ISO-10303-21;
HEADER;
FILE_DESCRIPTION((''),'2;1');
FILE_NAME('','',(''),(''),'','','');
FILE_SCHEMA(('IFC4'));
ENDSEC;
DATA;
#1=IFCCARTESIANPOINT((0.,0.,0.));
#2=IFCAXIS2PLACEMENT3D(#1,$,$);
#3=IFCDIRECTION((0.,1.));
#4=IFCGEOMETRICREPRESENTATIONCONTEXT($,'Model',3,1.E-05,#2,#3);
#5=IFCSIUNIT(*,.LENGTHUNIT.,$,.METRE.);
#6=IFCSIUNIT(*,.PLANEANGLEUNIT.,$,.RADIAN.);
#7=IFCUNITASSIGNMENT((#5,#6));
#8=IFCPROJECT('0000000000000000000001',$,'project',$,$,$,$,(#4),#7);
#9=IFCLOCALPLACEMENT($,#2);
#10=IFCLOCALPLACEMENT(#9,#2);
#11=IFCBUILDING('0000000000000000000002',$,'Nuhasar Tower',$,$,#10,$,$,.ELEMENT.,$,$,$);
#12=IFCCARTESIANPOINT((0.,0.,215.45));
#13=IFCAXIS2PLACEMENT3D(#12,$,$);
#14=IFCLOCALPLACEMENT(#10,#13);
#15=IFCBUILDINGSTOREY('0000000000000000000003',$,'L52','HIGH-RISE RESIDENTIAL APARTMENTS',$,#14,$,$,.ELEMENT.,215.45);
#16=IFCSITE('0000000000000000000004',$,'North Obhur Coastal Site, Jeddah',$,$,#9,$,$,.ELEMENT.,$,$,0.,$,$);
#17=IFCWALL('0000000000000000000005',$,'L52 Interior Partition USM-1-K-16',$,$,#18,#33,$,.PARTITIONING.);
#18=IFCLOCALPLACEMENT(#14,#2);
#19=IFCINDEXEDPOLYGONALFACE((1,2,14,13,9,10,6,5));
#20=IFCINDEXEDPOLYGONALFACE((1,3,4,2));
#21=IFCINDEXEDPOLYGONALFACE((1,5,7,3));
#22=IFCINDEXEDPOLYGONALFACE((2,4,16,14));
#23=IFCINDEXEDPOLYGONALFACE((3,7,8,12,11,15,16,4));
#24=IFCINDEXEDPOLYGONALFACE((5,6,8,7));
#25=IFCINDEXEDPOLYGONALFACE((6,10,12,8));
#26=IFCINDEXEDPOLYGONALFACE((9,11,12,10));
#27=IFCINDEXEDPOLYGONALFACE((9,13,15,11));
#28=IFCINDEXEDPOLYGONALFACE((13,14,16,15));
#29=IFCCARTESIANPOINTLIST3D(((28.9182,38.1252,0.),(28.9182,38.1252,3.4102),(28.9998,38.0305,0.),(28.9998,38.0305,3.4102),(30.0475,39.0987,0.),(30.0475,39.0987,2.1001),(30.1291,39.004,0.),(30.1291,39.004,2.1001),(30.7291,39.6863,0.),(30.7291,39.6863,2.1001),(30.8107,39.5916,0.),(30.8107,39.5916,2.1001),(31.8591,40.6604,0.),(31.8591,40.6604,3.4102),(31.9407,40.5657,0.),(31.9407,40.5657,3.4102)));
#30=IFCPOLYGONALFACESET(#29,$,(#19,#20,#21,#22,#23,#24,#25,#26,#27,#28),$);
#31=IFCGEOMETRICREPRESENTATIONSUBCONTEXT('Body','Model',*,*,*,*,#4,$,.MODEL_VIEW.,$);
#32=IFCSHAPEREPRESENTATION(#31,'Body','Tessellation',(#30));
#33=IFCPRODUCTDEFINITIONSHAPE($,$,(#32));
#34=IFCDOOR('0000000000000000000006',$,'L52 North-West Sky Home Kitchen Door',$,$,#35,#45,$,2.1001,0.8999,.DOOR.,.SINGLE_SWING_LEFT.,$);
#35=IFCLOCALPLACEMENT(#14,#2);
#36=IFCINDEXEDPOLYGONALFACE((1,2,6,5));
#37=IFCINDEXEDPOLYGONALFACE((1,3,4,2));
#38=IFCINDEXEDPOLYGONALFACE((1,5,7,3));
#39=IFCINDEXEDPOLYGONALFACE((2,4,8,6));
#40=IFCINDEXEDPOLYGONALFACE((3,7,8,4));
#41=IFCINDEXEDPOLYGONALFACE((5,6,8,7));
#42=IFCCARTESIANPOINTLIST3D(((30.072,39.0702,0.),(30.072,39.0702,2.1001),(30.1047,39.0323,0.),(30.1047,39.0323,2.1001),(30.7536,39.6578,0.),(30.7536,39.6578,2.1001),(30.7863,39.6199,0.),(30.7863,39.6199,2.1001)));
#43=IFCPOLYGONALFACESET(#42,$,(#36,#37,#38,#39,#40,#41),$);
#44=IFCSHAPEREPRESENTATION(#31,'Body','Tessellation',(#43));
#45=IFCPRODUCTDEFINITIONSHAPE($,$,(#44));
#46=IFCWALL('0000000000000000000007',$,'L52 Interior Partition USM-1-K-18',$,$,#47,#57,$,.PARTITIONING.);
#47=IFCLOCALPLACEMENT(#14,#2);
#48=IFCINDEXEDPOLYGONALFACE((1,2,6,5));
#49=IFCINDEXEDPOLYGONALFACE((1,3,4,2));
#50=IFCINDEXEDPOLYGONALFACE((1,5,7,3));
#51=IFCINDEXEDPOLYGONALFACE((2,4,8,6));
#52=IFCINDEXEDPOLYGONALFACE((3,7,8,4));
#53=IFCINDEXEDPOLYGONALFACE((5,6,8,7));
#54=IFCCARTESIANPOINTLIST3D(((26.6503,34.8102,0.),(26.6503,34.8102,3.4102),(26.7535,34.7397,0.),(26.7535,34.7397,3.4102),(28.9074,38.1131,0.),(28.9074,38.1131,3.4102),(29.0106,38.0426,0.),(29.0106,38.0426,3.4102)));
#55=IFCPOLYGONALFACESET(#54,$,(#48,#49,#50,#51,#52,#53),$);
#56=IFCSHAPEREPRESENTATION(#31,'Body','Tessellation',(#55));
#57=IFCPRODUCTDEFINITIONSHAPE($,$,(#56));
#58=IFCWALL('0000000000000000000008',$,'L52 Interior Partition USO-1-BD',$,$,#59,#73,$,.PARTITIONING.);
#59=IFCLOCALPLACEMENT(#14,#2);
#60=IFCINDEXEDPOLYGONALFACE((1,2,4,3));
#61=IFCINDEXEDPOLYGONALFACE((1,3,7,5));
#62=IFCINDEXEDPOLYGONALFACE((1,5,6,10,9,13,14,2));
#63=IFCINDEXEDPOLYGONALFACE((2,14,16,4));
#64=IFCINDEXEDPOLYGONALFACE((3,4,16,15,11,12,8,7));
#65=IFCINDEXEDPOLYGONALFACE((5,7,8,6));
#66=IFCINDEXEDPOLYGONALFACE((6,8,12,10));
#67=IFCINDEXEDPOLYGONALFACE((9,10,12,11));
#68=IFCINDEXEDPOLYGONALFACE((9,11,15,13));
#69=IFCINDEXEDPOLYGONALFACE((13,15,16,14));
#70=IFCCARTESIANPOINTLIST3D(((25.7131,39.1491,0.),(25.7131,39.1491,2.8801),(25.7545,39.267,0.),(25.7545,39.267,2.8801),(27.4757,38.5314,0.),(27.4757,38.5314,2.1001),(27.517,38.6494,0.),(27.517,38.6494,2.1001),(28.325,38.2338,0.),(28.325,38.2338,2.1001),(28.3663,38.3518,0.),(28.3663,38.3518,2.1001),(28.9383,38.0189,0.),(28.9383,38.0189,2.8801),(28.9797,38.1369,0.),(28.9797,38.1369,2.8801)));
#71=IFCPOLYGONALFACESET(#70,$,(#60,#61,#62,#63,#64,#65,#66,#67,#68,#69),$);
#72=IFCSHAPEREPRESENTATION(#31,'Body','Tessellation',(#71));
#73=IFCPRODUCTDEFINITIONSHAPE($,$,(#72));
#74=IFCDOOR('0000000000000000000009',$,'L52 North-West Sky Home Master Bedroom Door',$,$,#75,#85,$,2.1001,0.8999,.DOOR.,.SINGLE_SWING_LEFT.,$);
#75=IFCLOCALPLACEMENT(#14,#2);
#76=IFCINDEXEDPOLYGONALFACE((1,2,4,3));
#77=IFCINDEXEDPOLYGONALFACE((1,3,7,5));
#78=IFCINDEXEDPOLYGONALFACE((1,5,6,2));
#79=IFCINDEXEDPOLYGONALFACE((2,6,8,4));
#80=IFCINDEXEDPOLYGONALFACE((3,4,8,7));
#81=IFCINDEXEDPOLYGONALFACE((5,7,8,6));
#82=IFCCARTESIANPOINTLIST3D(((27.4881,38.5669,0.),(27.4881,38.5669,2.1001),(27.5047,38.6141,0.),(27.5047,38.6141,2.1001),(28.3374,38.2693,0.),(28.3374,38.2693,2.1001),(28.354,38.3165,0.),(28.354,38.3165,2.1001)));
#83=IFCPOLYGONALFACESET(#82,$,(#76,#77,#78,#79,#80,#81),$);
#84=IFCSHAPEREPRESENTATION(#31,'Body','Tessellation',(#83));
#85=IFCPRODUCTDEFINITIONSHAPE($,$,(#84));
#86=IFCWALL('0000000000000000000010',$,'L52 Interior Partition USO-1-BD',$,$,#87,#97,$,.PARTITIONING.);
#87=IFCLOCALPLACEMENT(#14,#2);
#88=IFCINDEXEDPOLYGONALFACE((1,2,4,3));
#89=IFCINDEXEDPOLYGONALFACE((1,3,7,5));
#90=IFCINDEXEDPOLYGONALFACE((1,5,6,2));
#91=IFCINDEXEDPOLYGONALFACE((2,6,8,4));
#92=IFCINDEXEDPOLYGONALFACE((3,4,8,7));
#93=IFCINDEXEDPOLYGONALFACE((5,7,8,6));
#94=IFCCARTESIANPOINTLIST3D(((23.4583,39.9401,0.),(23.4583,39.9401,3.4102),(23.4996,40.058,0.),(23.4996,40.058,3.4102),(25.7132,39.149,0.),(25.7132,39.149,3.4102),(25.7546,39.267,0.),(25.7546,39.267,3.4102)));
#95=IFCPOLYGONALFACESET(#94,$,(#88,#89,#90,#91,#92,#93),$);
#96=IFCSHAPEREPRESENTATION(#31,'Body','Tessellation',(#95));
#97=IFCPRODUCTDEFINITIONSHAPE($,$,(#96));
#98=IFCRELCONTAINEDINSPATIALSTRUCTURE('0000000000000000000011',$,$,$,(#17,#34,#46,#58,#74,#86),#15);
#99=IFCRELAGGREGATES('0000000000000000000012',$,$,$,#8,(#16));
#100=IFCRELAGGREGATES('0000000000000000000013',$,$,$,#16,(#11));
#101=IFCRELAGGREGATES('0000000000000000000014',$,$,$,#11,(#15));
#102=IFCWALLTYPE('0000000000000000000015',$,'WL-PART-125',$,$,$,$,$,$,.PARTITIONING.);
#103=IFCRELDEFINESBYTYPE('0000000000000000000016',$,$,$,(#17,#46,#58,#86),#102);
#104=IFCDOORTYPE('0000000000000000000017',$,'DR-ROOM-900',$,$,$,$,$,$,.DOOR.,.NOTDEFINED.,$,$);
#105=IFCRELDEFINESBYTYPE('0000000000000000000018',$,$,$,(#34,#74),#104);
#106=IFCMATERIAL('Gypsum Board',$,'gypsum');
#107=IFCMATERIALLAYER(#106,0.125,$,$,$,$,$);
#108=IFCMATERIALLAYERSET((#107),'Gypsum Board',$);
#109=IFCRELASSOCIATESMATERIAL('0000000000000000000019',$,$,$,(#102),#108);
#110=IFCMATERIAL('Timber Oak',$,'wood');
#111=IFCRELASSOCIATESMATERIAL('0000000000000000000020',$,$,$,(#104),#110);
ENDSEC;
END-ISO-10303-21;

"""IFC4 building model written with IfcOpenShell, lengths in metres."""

from ifc_helpers import new_model, si_unit, direction, frame, frame_2d, origin, place, context, subcontext, project, spatial, rectangle, extrude, material, layer, layer_set, type_object, element, fill, save


model = new_model("IFC4")

# Units and contexts
model_context = context("Model", 3, precision=1e-05, world=origin(), true_north=direction((0.0, 1.0)))
body_context = subcontext(model_context, "Body", "Model", "MODEL_VIEW")
ifc_project = project(units=[si_unit("LENGTHUNIT", "METRE"), si_unit("PLANEANGLEUNIT", "RADIAN")], contexts=[model_context])

# Site, building, storey
site_placement = place(None, origin())
site = spatial("IfcSite", under=ifc_project, at=site_placement, Name="North Obhur Coastal Site, Jeddah", CompositionType="ELEMENT", RefElevation=0.0)
building_placement = place(site_placement, origin())
building = spatial("IfcBuilding", under=site, at=building_placement, Name="Nuhasar Tower", CompositionType="ELEMENT")
storey_placement = place(building_placement, frame((0.0, 0.0, 215.45)))
storey = spatial("IfcBuildingStorey", under=building, at=storey_placement, Name="L52", Description="HIGH-RISE RESIDENTIAL APARTMENTS", CompositionType="ELEMENT", Elevation=215.45)

# Wall, opening, door
ifc_material_1 = material(Name="Gypsum Board", Category="gypsum")
ifc_layer_1 = layer(ifc_material_1, 0.125)
ifc_layer_set_1 = layer_set([ifc_layer_1], Name="Gypsum Board")
wall_type = type_object("IfcWallType", Name="WL-PART-125", PredefinedType="PARTITIONING", material=ifc_layer_set_1)
wall_1_placement = place(storey_placement, frame((28.959, 38.0779, 0.0), z_axis=(0.0, 0.0, 1.0), x_axis=(0.757425, 0.652922, 0.0)))
wall_1 = element("IfcWall", 1, at=wall_1_placement, inside=storey, type_object=wall_type, Name="L52 Interior Partition USM-1-K-16", PredefinedType="PARTITIONING", context=body_context, shape_type="SweptSolid", body=[
    extrude(rectangle(XDim=3.8828, YDim=0.125, at=frame_2d((1.9414, 0.0))), origin(), (0.0, 0.0, 1.0), 3.4102),
])
opening_1_placement = place(wall_1_placement, frame((1.491, 0.0, 0.0)))
opening_1 = element("IfcOpeningElement", 2, at=opening_1_placement, cuts=wall_1, PredefinedType="OPENING", context=body_context, shape_type="SweptSolid", body=[
    extrude(rectangle(XDim=0.8999, YDim=2.1001, at=frame_2d((0.45, 1.05))), frame((0.0, 0.0725, 0.0), z_axis=(0.0, -1.0, 0.0), x_axis=(1.0, 0.0, 0.0)), (0.0, 0.0, 1.0), 0.145),
])
ifc_material_2 = material(Name="Timber Oak", Category="wood")
door_type = type_object("IfcDoorType", Name="DR-ROOM-900", OperationType="NOTDEFINED", PredefinedType="DOOR", material=ifc_material_2)
door_1_placement = place(opening_1_placement, origin())
door_1 = element("IfcDoor", 3, at=door_1_placement, inside=storey, type_object=door_type, Name="L52 North-West Sky Home Kitchen Door", OperationType="SINGLE_SWING_LEFT", OverallHeight=2.1001, OverallWidth=0.8999, PredefinedType="DOOR", context=body_context, shape_type="SweptSolid", body=[
    extrude(rectangle(XDim=0.8999, YDim=2.1001, at=frame_2d((0.45, 1.05))), frame((0.0, 0.0249, 0.0), z_axis=(0.0, -1.0, 0.0), x_axis=(1.0, 0.0, 0.0)), (0.0, 0.0, 1.0), 0.05),
])
fill(opening_1, door_1)

# Wall
wall_2_placement = place(storey_placement, frame((28.959, 38.0779, 0.0), z_axis=(0.0, 0.0, 1.0), x_axis=(-0.564198, -0.825639, 0.0)))
element("IfcWall", 4, at=wall_2_placement, inside=storey, type_object=wall_type, Name="L52 Interior Partition USM-1-K-18", PredefinedType="PARTITIONING", context=body_context, shape_type="SweptSolid", body=[
    extrude(rectangle(XDim=4.0005, YDim=0.125, at=frame_2d((2.0002, 0.0))), origin(), (0.0, 0.0, 1.0), 3.4102),
])

# Wall, opening, door
wall_3_placement = place(storey_placement, frame((28.959, 38.0779, 0.0), z_axis=(0.0, 0.0, 1.0), x_axis=(-0.943736, 0.3307, 0.0)))
wall_3 = element("IfcWall", 5, at=wall_3_placement, inside=storey, type_object=wall_type, Name="L52 Interior Partition USO-1-BD", PredefinedType="PARTITIONING", context=body_context, shape_type="SweptSolid", body=[
    extrude(rectangle(XDim=3.4175, YDim=0.125, at=frame_2d((1.7087, 0.0))), origin(), (0.0, 0.0, 1.0), 2.8801),
])
opening_2_placement = place(wall_3_placement, frame((0.6499, 0.0, 0.0)))
opening_2 = element("IfcOpeningElement", 6, at=opening_2_placement, cuts=wall_3, PredefinedType="OPENING", context=body_context, shape_type="SweptSolid", body=[
    extrude(rectangle(XDim=0.8999, YDim=2.1001, at=frame_2d((0.45, 1.05))), frame((0.0, 0.0725, 0.0), z_axis=(0.0, -1.0, 0.0), x_axis=(1.0, 0.0, 0.0)), (0.0, 0.0, 1.0), 0.145),
])
door_2_placement = place(opening_2_placement, origin())
door_2 = element("IfcDoor", 7, at=door_2_placement, inside=storey, type_object=door_type, Name="L52 North-West Sky Home Master Bedroom Door", OperationType="SINGLE_SWING_LEFT", OverallHeight=2.1001, OverallWidth=0.8999, PredefinedType="DOOR", context=body_context, shape_type="SweptSolid", body=[
    extrude(rectangle(XDim=0.8999, YDim=2.1001, at=frame_2d((0.45, 1.05))), frame((0.0, 0.0249, 0.0), z_axis=(0.0, -1.0, 0.0), x_axis=(1.0, 0.0, 0.0)), (0.0, 0.0, 1.0), 0.05),
])
fill(opening_2, door_2)

# Wall
wall_4_placement = place(storey_placement, frame((25.7339, 39.208, 0.0), z_axis=(0.0, 0.0, 1.0), x_axis=(-0.943622, 0.331024, 0.0)))
element("IfcWall", 8, at=wall_4_placement, inside=storey, type_object=wall_type, Name="L52 Interior Partition USO-1-BD", PredefinedType="PARTITIONING", context=body_context, shape_type="SweptSolid", body=[
    extrude(rectangle(XDim=2.3896, YDim=0.125, at=frame_2d((1.1948, 0.0))), origin(), (0.0, 0.0, 1.0), 3.4102),
])

save(model, "model.ifc")
